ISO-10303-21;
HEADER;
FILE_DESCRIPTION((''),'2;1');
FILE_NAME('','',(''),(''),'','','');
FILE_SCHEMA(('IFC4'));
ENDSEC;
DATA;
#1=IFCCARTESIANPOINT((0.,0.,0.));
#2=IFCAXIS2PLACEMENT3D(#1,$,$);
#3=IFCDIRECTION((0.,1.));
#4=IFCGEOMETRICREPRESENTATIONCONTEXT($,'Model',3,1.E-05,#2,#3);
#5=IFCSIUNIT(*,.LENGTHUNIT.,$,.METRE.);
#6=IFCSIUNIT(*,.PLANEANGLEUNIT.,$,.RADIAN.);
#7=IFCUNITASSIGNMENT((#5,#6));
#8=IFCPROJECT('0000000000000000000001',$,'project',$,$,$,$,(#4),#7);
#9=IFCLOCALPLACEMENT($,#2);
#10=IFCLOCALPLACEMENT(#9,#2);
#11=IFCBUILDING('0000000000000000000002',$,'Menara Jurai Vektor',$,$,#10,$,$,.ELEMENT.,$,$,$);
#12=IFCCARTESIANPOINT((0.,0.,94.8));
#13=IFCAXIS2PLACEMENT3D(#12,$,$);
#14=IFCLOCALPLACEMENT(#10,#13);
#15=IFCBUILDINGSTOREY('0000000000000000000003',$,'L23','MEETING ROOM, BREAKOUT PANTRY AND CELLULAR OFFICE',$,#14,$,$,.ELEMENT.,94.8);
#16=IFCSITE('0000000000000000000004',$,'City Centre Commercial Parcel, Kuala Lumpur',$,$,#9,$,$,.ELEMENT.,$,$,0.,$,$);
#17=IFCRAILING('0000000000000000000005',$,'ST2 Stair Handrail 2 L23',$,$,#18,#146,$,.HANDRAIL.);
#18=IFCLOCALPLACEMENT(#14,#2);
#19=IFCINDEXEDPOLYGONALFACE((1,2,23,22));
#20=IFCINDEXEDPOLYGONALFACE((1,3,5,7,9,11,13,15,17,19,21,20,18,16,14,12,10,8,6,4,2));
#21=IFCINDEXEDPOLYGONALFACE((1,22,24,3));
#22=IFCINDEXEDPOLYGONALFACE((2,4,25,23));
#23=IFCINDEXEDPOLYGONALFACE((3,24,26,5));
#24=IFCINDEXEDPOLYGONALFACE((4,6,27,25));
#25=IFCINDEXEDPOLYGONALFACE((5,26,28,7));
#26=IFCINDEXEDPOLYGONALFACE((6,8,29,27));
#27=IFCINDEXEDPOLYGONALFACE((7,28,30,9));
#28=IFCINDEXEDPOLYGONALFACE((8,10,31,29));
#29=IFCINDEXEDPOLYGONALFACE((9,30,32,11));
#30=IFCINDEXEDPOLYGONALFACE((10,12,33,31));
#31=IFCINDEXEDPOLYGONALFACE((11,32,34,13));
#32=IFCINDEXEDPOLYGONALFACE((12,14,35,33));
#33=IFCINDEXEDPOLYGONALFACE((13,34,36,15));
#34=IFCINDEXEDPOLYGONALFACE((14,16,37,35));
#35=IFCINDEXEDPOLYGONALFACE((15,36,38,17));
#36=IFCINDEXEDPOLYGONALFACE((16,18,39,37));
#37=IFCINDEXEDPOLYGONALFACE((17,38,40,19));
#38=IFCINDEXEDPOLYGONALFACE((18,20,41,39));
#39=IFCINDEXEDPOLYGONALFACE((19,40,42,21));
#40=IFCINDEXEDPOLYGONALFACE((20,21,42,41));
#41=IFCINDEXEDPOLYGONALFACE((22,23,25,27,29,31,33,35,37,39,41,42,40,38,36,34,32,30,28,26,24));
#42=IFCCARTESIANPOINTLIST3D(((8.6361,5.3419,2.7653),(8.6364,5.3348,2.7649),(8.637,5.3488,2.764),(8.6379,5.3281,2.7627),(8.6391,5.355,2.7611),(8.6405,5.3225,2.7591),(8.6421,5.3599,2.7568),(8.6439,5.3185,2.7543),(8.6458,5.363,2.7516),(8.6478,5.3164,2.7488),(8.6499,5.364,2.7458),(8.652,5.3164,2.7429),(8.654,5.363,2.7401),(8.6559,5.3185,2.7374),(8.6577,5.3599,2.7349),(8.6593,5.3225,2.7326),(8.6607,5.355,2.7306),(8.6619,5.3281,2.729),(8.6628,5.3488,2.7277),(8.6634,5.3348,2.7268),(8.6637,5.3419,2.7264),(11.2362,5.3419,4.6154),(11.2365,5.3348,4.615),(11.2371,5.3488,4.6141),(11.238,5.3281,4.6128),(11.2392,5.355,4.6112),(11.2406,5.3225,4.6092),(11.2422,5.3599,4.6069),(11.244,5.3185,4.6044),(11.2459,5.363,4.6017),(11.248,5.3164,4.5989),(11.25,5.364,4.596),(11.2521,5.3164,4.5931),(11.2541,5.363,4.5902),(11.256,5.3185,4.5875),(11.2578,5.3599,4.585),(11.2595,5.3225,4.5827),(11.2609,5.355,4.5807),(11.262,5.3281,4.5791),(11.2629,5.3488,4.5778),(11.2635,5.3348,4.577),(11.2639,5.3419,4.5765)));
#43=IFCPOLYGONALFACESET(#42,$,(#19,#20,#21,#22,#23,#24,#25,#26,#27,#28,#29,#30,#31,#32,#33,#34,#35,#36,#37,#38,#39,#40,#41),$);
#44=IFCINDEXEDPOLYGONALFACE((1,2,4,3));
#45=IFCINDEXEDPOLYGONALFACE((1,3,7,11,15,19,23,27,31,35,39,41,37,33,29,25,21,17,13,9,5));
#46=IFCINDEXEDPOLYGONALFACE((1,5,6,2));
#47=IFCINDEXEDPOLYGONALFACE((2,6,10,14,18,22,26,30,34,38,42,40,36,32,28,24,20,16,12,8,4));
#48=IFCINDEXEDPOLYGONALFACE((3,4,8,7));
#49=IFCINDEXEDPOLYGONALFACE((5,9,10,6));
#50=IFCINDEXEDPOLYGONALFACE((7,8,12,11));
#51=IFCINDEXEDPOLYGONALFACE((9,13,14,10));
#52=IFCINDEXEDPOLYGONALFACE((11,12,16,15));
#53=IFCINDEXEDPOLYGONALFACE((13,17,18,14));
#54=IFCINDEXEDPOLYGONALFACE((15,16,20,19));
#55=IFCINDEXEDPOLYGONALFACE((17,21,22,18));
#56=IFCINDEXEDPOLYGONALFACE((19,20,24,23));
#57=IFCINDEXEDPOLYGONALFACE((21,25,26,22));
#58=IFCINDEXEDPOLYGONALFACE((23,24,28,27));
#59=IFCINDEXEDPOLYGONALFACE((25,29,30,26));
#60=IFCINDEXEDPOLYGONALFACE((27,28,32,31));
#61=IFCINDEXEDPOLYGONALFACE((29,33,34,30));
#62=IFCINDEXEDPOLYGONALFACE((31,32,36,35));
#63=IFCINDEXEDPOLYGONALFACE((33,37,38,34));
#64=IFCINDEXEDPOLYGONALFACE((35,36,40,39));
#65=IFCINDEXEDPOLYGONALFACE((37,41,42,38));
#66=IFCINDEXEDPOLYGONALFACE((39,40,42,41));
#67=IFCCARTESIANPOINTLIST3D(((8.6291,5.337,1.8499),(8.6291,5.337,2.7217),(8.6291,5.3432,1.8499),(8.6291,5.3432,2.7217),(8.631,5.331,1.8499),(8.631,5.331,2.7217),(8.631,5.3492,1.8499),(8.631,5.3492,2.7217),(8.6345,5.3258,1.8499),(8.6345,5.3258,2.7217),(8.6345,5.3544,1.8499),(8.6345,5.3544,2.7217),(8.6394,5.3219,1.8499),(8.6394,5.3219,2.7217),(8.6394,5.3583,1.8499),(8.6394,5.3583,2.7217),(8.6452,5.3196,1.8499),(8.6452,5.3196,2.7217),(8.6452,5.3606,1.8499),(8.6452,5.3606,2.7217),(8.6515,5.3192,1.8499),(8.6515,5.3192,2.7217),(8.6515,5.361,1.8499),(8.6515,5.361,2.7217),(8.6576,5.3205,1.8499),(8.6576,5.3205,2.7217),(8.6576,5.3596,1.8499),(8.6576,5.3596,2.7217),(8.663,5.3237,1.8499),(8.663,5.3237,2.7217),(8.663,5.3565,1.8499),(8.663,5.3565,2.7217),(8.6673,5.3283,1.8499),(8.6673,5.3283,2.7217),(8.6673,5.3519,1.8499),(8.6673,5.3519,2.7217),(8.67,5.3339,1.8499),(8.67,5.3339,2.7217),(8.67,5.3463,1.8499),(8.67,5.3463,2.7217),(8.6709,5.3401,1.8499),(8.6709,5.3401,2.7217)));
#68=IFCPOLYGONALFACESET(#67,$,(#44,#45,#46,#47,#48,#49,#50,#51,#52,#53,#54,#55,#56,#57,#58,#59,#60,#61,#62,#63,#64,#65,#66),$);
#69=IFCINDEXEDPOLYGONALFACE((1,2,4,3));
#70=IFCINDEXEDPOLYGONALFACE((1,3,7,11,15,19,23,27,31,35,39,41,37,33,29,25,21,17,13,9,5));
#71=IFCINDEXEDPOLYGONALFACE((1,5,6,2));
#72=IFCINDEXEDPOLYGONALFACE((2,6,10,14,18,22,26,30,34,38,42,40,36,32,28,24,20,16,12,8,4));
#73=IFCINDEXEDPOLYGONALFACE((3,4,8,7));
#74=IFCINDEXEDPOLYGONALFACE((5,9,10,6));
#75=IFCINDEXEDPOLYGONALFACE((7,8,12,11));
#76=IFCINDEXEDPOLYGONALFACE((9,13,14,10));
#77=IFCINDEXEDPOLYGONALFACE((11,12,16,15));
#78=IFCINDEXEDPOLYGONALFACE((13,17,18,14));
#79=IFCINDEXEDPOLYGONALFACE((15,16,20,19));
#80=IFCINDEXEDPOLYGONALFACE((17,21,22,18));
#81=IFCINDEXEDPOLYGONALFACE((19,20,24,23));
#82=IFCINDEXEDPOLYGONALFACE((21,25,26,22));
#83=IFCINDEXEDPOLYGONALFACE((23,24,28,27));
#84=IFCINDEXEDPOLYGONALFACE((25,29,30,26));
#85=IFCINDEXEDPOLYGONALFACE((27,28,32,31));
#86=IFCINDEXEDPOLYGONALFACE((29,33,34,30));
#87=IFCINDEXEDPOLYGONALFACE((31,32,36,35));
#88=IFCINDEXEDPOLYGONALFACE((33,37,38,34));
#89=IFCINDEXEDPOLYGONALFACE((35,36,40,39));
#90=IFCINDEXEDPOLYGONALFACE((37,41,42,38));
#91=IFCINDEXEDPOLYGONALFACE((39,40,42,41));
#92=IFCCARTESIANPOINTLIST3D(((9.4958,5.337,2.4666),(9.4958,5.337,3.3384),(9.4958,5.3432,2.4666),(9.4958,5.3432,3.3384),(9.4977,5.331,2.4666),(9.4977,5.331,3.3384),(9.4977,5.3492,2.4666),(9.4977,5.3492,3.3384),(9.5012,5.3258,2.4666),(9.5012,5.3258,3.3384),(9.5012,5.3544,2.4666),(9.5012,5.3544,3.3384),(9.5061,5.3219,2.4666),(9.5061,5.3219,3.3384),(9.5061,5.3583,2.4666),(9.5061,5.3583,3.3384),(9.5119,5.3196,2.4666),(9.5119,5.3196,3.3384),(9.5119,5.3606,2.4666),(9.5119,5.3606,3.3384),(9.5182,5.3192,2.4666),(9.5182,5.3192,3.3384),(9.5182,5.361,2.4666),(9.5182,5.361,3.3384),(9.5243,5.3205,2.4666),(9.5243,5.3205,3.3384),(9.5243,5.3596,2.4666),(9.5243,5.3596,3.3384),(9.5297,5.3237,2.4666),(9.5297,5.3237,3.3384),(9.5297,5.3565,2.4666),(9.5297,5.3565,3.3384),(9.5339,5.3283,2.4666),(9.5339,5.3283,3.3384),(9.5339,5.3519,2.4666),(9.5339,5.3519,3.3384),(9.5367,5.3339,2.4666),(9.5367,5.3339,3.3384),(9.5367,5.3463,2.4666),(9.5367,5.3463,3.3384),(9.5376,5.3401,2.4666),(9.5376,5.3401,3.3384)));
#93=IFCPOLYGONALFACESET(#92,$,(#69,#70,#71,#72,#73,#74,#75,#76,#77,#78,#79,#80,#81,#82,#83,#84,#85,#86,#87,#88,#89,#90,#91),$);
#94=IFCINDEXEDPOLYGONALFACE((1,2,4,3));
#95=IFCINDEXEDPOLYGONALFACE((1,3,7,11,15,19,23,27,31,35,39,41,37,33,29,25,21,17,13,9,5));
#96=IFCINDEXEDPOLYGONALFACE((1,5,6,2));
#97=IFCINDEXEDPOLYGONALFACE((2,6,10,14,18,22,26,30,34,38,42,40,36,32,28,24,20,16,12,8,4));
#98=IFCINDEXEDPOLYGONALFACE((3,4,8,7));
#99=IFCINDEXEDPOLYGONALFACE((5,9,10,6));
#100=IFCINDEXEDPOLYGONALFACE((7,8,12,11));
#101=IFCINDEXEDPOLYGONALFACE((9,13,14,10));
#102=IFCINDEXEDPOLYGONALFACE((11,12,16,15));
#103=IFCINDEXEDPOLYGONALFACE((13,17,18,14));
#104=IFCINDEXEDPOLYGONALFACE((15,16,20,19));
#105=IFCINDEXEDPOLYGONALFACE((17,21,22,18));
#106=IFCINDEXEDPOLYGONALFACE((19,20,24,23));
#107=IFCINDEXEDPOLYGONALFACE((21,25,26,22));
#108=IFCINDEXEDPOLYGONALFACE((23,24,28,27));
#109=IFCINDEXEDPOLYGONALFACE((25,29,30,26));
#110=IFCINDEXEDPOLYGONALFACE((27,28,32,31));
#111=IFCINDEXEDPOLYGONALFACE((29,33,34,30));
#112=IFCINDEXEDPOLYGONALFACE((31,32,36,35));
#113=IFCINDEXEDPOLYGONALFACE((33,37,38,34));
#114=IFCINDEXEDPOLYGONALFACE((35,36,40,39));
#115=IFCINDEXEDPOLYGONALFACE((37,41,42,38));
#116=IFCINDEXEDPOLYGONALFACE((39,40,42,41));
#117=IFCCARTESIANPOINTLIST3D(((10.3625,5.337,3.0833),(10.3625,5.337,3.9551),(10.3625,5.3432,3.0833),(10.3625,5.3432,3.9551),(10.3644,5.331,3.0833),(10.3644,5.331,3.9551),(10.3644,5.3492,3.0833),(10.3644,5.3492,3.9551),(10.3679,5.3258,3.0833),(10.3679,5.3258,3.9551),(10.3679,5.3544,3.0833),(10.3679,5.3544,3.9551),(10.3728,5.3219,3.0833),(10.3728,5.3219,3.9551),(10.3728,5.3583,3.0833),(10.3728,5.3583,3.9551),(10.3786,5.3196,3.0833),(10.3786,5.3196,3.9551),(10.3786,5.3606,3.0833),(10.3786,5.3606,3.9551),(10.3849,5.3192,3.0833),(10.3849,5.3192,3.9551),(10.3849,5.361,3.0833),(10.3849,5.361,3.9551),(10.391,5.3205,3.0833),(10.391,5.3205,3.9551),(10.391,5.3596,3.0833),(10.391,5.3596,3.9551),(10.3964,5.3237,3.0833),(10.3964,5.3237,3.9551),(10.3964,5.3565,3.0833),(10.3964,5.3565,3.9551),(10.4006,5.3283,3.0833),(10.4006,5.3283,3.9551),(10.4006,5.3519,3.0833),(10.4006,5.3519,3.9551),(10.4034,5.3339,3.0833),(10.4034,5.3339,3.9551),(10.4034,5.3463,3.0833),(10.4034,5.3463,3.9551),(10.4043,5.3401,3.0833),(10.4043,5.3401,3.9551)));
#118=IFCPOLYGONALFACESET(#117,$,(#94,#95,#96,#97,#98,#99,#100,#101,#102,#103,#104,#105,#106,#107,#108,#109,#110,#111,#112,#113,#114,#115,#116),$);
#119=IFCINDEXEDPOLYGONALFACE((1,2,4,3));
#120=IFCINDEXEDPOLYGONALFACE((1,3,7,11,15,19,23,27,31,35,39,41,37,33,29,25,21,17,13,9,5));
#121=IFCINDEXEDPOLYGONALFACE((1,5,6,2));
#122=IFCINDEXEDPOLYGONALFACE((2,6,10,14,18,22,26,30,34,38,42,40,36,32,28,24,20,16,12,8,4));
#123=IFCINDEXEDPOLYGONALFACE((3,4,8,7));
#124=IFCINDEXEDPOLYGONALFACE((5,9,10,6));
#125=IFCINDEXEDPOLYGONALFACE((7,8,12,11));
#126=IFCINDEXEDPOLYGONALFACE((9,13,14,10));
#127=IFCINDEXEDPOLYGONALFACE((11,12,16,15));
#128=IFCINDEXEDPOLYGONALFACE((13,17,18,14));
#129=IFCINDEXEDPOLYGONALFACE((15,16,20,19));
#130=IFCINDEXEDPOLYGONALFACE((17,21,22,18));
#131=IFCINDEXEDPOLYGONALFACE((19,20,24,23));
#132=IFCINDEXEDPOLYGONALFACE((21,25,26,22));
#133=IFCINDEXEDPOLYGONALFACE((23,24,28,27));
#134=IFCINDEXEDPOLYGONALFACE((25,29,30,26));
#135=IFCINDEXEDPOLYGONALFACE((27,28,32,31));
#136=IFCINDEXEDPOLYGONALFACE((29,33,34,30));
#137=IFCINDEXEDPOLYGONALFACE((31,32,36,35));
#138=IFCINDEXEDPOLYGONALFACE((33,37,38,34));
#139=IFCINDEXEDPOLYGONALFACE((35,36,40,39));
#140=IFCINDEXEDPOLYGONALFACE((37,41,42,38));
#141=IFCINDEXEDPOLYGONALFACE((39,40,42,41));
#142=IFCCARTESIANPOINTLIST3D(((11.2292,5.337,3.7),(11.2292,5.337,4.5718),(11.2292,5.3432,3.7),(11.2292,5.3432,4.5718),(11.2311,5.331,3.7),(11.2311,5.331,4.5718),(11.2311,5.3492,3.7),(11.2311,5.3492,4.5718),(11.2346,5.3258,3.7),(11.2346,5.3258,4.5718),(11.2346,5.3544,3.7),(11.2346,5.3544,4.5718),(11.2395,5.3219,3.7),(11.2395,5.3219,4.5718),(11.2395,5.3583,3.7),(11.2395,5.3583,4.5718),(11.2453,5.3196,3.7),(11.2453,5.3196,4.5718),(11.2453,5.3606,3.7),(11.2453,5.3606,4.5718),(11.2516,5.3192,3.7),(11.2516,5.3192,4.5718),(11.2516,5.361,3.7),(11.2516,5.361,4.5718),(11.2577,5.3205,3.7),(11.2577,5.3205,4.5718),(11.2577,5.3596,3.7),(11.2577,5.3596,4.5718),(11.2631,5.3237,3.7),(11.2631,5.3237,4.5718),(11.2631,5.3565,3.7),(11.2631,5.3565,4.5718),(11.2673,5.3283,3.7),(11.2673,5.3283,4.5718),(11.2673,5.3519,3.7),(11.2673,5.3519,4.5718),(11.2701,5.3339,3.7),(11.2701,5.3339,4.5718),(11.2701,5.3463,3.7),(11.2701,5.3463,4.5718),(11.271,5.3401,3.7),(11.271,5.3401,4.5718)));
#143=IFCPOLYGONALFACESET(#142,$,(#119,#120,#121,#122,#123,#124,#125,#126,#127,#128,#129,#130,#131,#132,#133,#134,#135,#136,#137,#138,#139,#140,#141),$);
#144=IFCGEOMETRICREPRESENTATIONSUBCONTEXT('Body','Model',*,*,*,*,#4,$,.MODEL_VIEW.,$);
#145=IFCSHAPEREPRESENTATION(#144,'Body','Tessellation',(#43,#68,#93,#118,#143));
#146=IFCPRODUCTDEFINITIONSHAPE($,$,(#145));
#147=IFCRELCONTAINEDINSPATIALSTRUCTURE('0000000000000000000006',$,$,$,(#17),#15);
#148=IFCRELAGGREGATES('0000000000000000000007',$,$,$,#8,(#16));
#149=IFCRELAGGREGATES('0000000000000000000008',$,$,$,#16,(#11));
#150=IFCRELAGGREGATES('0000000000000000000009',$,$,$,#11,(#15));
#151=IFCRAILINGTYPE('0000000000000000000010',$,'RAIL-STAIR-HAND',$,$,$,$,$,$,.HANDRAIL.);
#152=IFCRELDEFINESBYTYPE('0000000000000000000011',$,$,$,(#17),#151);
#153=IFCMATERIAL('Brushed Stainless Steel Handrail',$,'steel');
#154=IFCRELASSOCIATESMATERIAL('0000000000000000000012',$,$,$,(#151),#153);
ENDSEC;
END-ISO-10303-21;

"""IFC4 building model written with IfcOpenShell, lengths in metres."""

from ifc_helpers import new_model, si_unit, direction, frame, origin, origin_2d, place, context, subcontext, project, spatial, circle, extrude, material, type_object, element, save


model = new_model("IFC4")

# Units and contexts
model_context = context("Model", 3, precision=1e-05, world=origin(), true_north=direction((0.0, 1.0)))
body_context = subcontext(model_context, "Body", "Model", "MODEL_VIEW")
ifc_project = project(units=[si_unit("LENGTHUNIT", "METRE"), si_unit("PLANEANGLEUNIT", "RADIAN")], contexts=[model_context])

# Site, building, storey
site_placement = place(None, origin())
site = spatial("IfcSite", under=ifc_project, at=site_placement, Name="City Centre Commercial Parcel, Kuala Lumpur", CompositionType="ELEMENT", RefElevation=0.0)
building_placement = place(site_placement, origin())
building = spatial("IfcBuilding", under=site, at=building_placement, Name="Menara Jurai Vektor", CompositionType="ELEMENT")
storey_placement = place(building_placement, frame((0.0, 0.0, 94.8)))
storey = spatial("IfcBuildingStorey", under=building, at=storey_placement, Name="L23", Description="MEETING ROOM, BREAKOUT PANTRY AND CELLULAR OFFICE", CompositionType="ELEMENT", Elevation=94.8)

# Railing
ifc_material_1 = material(Name="Brushed Stainless Steel Handrail", Category="steel")
railing_type_1 = type_object("IfcRailingType", Name="RAIL-STAIR-HAND", PredefinedType="HANDRAIL", material=ifc_material_1)
railing_1_placement = place(storey_placement, frame((8.6499, 5.3401, 1.8499)))
element("IfcRailing", 1, at=railing_1_placement, inside=storey, type_object=railing_type_1, Name="ST2 Stair Handrail 2 L23", PredefinedType="HANDRAIL", context=body_context, shape_type="SweptSolid", body=[
    extrude(circle(Radius=0.0239, at=origin_2d()), frame((0.0, 0.0, 0.896), z_axis=(0.814787, 0.0, 0.579761), x_axis=(0.0, 1.0, 0.0)), (0.0, 0.0, 1.0), 3.1912),
    extrude(circle(Radius=0.021, at=origin_2d()), origin(), (0.0, 0.0, 1.0), 0.8718),
    extrude(circle(Radius=0.021, at=origin_2d()), frame((0.8667, 0.0, 0.6167)), (0.0, 0.0, 1.0), 0.8718),
    extrude(circle(Radius=0.021, at=origin_2d()), frame((1.7334, 0.0, 1.2334)), (0.0, 0.0, 1.0), 0.8718),
    extrude(circle(Radius=0.021, at=origin_2d()), frame((2.6001, 0.0, 1.8501)), (0.0, 0.0, 1.0), 0.8718),
])

save(model, "model.ifc")
